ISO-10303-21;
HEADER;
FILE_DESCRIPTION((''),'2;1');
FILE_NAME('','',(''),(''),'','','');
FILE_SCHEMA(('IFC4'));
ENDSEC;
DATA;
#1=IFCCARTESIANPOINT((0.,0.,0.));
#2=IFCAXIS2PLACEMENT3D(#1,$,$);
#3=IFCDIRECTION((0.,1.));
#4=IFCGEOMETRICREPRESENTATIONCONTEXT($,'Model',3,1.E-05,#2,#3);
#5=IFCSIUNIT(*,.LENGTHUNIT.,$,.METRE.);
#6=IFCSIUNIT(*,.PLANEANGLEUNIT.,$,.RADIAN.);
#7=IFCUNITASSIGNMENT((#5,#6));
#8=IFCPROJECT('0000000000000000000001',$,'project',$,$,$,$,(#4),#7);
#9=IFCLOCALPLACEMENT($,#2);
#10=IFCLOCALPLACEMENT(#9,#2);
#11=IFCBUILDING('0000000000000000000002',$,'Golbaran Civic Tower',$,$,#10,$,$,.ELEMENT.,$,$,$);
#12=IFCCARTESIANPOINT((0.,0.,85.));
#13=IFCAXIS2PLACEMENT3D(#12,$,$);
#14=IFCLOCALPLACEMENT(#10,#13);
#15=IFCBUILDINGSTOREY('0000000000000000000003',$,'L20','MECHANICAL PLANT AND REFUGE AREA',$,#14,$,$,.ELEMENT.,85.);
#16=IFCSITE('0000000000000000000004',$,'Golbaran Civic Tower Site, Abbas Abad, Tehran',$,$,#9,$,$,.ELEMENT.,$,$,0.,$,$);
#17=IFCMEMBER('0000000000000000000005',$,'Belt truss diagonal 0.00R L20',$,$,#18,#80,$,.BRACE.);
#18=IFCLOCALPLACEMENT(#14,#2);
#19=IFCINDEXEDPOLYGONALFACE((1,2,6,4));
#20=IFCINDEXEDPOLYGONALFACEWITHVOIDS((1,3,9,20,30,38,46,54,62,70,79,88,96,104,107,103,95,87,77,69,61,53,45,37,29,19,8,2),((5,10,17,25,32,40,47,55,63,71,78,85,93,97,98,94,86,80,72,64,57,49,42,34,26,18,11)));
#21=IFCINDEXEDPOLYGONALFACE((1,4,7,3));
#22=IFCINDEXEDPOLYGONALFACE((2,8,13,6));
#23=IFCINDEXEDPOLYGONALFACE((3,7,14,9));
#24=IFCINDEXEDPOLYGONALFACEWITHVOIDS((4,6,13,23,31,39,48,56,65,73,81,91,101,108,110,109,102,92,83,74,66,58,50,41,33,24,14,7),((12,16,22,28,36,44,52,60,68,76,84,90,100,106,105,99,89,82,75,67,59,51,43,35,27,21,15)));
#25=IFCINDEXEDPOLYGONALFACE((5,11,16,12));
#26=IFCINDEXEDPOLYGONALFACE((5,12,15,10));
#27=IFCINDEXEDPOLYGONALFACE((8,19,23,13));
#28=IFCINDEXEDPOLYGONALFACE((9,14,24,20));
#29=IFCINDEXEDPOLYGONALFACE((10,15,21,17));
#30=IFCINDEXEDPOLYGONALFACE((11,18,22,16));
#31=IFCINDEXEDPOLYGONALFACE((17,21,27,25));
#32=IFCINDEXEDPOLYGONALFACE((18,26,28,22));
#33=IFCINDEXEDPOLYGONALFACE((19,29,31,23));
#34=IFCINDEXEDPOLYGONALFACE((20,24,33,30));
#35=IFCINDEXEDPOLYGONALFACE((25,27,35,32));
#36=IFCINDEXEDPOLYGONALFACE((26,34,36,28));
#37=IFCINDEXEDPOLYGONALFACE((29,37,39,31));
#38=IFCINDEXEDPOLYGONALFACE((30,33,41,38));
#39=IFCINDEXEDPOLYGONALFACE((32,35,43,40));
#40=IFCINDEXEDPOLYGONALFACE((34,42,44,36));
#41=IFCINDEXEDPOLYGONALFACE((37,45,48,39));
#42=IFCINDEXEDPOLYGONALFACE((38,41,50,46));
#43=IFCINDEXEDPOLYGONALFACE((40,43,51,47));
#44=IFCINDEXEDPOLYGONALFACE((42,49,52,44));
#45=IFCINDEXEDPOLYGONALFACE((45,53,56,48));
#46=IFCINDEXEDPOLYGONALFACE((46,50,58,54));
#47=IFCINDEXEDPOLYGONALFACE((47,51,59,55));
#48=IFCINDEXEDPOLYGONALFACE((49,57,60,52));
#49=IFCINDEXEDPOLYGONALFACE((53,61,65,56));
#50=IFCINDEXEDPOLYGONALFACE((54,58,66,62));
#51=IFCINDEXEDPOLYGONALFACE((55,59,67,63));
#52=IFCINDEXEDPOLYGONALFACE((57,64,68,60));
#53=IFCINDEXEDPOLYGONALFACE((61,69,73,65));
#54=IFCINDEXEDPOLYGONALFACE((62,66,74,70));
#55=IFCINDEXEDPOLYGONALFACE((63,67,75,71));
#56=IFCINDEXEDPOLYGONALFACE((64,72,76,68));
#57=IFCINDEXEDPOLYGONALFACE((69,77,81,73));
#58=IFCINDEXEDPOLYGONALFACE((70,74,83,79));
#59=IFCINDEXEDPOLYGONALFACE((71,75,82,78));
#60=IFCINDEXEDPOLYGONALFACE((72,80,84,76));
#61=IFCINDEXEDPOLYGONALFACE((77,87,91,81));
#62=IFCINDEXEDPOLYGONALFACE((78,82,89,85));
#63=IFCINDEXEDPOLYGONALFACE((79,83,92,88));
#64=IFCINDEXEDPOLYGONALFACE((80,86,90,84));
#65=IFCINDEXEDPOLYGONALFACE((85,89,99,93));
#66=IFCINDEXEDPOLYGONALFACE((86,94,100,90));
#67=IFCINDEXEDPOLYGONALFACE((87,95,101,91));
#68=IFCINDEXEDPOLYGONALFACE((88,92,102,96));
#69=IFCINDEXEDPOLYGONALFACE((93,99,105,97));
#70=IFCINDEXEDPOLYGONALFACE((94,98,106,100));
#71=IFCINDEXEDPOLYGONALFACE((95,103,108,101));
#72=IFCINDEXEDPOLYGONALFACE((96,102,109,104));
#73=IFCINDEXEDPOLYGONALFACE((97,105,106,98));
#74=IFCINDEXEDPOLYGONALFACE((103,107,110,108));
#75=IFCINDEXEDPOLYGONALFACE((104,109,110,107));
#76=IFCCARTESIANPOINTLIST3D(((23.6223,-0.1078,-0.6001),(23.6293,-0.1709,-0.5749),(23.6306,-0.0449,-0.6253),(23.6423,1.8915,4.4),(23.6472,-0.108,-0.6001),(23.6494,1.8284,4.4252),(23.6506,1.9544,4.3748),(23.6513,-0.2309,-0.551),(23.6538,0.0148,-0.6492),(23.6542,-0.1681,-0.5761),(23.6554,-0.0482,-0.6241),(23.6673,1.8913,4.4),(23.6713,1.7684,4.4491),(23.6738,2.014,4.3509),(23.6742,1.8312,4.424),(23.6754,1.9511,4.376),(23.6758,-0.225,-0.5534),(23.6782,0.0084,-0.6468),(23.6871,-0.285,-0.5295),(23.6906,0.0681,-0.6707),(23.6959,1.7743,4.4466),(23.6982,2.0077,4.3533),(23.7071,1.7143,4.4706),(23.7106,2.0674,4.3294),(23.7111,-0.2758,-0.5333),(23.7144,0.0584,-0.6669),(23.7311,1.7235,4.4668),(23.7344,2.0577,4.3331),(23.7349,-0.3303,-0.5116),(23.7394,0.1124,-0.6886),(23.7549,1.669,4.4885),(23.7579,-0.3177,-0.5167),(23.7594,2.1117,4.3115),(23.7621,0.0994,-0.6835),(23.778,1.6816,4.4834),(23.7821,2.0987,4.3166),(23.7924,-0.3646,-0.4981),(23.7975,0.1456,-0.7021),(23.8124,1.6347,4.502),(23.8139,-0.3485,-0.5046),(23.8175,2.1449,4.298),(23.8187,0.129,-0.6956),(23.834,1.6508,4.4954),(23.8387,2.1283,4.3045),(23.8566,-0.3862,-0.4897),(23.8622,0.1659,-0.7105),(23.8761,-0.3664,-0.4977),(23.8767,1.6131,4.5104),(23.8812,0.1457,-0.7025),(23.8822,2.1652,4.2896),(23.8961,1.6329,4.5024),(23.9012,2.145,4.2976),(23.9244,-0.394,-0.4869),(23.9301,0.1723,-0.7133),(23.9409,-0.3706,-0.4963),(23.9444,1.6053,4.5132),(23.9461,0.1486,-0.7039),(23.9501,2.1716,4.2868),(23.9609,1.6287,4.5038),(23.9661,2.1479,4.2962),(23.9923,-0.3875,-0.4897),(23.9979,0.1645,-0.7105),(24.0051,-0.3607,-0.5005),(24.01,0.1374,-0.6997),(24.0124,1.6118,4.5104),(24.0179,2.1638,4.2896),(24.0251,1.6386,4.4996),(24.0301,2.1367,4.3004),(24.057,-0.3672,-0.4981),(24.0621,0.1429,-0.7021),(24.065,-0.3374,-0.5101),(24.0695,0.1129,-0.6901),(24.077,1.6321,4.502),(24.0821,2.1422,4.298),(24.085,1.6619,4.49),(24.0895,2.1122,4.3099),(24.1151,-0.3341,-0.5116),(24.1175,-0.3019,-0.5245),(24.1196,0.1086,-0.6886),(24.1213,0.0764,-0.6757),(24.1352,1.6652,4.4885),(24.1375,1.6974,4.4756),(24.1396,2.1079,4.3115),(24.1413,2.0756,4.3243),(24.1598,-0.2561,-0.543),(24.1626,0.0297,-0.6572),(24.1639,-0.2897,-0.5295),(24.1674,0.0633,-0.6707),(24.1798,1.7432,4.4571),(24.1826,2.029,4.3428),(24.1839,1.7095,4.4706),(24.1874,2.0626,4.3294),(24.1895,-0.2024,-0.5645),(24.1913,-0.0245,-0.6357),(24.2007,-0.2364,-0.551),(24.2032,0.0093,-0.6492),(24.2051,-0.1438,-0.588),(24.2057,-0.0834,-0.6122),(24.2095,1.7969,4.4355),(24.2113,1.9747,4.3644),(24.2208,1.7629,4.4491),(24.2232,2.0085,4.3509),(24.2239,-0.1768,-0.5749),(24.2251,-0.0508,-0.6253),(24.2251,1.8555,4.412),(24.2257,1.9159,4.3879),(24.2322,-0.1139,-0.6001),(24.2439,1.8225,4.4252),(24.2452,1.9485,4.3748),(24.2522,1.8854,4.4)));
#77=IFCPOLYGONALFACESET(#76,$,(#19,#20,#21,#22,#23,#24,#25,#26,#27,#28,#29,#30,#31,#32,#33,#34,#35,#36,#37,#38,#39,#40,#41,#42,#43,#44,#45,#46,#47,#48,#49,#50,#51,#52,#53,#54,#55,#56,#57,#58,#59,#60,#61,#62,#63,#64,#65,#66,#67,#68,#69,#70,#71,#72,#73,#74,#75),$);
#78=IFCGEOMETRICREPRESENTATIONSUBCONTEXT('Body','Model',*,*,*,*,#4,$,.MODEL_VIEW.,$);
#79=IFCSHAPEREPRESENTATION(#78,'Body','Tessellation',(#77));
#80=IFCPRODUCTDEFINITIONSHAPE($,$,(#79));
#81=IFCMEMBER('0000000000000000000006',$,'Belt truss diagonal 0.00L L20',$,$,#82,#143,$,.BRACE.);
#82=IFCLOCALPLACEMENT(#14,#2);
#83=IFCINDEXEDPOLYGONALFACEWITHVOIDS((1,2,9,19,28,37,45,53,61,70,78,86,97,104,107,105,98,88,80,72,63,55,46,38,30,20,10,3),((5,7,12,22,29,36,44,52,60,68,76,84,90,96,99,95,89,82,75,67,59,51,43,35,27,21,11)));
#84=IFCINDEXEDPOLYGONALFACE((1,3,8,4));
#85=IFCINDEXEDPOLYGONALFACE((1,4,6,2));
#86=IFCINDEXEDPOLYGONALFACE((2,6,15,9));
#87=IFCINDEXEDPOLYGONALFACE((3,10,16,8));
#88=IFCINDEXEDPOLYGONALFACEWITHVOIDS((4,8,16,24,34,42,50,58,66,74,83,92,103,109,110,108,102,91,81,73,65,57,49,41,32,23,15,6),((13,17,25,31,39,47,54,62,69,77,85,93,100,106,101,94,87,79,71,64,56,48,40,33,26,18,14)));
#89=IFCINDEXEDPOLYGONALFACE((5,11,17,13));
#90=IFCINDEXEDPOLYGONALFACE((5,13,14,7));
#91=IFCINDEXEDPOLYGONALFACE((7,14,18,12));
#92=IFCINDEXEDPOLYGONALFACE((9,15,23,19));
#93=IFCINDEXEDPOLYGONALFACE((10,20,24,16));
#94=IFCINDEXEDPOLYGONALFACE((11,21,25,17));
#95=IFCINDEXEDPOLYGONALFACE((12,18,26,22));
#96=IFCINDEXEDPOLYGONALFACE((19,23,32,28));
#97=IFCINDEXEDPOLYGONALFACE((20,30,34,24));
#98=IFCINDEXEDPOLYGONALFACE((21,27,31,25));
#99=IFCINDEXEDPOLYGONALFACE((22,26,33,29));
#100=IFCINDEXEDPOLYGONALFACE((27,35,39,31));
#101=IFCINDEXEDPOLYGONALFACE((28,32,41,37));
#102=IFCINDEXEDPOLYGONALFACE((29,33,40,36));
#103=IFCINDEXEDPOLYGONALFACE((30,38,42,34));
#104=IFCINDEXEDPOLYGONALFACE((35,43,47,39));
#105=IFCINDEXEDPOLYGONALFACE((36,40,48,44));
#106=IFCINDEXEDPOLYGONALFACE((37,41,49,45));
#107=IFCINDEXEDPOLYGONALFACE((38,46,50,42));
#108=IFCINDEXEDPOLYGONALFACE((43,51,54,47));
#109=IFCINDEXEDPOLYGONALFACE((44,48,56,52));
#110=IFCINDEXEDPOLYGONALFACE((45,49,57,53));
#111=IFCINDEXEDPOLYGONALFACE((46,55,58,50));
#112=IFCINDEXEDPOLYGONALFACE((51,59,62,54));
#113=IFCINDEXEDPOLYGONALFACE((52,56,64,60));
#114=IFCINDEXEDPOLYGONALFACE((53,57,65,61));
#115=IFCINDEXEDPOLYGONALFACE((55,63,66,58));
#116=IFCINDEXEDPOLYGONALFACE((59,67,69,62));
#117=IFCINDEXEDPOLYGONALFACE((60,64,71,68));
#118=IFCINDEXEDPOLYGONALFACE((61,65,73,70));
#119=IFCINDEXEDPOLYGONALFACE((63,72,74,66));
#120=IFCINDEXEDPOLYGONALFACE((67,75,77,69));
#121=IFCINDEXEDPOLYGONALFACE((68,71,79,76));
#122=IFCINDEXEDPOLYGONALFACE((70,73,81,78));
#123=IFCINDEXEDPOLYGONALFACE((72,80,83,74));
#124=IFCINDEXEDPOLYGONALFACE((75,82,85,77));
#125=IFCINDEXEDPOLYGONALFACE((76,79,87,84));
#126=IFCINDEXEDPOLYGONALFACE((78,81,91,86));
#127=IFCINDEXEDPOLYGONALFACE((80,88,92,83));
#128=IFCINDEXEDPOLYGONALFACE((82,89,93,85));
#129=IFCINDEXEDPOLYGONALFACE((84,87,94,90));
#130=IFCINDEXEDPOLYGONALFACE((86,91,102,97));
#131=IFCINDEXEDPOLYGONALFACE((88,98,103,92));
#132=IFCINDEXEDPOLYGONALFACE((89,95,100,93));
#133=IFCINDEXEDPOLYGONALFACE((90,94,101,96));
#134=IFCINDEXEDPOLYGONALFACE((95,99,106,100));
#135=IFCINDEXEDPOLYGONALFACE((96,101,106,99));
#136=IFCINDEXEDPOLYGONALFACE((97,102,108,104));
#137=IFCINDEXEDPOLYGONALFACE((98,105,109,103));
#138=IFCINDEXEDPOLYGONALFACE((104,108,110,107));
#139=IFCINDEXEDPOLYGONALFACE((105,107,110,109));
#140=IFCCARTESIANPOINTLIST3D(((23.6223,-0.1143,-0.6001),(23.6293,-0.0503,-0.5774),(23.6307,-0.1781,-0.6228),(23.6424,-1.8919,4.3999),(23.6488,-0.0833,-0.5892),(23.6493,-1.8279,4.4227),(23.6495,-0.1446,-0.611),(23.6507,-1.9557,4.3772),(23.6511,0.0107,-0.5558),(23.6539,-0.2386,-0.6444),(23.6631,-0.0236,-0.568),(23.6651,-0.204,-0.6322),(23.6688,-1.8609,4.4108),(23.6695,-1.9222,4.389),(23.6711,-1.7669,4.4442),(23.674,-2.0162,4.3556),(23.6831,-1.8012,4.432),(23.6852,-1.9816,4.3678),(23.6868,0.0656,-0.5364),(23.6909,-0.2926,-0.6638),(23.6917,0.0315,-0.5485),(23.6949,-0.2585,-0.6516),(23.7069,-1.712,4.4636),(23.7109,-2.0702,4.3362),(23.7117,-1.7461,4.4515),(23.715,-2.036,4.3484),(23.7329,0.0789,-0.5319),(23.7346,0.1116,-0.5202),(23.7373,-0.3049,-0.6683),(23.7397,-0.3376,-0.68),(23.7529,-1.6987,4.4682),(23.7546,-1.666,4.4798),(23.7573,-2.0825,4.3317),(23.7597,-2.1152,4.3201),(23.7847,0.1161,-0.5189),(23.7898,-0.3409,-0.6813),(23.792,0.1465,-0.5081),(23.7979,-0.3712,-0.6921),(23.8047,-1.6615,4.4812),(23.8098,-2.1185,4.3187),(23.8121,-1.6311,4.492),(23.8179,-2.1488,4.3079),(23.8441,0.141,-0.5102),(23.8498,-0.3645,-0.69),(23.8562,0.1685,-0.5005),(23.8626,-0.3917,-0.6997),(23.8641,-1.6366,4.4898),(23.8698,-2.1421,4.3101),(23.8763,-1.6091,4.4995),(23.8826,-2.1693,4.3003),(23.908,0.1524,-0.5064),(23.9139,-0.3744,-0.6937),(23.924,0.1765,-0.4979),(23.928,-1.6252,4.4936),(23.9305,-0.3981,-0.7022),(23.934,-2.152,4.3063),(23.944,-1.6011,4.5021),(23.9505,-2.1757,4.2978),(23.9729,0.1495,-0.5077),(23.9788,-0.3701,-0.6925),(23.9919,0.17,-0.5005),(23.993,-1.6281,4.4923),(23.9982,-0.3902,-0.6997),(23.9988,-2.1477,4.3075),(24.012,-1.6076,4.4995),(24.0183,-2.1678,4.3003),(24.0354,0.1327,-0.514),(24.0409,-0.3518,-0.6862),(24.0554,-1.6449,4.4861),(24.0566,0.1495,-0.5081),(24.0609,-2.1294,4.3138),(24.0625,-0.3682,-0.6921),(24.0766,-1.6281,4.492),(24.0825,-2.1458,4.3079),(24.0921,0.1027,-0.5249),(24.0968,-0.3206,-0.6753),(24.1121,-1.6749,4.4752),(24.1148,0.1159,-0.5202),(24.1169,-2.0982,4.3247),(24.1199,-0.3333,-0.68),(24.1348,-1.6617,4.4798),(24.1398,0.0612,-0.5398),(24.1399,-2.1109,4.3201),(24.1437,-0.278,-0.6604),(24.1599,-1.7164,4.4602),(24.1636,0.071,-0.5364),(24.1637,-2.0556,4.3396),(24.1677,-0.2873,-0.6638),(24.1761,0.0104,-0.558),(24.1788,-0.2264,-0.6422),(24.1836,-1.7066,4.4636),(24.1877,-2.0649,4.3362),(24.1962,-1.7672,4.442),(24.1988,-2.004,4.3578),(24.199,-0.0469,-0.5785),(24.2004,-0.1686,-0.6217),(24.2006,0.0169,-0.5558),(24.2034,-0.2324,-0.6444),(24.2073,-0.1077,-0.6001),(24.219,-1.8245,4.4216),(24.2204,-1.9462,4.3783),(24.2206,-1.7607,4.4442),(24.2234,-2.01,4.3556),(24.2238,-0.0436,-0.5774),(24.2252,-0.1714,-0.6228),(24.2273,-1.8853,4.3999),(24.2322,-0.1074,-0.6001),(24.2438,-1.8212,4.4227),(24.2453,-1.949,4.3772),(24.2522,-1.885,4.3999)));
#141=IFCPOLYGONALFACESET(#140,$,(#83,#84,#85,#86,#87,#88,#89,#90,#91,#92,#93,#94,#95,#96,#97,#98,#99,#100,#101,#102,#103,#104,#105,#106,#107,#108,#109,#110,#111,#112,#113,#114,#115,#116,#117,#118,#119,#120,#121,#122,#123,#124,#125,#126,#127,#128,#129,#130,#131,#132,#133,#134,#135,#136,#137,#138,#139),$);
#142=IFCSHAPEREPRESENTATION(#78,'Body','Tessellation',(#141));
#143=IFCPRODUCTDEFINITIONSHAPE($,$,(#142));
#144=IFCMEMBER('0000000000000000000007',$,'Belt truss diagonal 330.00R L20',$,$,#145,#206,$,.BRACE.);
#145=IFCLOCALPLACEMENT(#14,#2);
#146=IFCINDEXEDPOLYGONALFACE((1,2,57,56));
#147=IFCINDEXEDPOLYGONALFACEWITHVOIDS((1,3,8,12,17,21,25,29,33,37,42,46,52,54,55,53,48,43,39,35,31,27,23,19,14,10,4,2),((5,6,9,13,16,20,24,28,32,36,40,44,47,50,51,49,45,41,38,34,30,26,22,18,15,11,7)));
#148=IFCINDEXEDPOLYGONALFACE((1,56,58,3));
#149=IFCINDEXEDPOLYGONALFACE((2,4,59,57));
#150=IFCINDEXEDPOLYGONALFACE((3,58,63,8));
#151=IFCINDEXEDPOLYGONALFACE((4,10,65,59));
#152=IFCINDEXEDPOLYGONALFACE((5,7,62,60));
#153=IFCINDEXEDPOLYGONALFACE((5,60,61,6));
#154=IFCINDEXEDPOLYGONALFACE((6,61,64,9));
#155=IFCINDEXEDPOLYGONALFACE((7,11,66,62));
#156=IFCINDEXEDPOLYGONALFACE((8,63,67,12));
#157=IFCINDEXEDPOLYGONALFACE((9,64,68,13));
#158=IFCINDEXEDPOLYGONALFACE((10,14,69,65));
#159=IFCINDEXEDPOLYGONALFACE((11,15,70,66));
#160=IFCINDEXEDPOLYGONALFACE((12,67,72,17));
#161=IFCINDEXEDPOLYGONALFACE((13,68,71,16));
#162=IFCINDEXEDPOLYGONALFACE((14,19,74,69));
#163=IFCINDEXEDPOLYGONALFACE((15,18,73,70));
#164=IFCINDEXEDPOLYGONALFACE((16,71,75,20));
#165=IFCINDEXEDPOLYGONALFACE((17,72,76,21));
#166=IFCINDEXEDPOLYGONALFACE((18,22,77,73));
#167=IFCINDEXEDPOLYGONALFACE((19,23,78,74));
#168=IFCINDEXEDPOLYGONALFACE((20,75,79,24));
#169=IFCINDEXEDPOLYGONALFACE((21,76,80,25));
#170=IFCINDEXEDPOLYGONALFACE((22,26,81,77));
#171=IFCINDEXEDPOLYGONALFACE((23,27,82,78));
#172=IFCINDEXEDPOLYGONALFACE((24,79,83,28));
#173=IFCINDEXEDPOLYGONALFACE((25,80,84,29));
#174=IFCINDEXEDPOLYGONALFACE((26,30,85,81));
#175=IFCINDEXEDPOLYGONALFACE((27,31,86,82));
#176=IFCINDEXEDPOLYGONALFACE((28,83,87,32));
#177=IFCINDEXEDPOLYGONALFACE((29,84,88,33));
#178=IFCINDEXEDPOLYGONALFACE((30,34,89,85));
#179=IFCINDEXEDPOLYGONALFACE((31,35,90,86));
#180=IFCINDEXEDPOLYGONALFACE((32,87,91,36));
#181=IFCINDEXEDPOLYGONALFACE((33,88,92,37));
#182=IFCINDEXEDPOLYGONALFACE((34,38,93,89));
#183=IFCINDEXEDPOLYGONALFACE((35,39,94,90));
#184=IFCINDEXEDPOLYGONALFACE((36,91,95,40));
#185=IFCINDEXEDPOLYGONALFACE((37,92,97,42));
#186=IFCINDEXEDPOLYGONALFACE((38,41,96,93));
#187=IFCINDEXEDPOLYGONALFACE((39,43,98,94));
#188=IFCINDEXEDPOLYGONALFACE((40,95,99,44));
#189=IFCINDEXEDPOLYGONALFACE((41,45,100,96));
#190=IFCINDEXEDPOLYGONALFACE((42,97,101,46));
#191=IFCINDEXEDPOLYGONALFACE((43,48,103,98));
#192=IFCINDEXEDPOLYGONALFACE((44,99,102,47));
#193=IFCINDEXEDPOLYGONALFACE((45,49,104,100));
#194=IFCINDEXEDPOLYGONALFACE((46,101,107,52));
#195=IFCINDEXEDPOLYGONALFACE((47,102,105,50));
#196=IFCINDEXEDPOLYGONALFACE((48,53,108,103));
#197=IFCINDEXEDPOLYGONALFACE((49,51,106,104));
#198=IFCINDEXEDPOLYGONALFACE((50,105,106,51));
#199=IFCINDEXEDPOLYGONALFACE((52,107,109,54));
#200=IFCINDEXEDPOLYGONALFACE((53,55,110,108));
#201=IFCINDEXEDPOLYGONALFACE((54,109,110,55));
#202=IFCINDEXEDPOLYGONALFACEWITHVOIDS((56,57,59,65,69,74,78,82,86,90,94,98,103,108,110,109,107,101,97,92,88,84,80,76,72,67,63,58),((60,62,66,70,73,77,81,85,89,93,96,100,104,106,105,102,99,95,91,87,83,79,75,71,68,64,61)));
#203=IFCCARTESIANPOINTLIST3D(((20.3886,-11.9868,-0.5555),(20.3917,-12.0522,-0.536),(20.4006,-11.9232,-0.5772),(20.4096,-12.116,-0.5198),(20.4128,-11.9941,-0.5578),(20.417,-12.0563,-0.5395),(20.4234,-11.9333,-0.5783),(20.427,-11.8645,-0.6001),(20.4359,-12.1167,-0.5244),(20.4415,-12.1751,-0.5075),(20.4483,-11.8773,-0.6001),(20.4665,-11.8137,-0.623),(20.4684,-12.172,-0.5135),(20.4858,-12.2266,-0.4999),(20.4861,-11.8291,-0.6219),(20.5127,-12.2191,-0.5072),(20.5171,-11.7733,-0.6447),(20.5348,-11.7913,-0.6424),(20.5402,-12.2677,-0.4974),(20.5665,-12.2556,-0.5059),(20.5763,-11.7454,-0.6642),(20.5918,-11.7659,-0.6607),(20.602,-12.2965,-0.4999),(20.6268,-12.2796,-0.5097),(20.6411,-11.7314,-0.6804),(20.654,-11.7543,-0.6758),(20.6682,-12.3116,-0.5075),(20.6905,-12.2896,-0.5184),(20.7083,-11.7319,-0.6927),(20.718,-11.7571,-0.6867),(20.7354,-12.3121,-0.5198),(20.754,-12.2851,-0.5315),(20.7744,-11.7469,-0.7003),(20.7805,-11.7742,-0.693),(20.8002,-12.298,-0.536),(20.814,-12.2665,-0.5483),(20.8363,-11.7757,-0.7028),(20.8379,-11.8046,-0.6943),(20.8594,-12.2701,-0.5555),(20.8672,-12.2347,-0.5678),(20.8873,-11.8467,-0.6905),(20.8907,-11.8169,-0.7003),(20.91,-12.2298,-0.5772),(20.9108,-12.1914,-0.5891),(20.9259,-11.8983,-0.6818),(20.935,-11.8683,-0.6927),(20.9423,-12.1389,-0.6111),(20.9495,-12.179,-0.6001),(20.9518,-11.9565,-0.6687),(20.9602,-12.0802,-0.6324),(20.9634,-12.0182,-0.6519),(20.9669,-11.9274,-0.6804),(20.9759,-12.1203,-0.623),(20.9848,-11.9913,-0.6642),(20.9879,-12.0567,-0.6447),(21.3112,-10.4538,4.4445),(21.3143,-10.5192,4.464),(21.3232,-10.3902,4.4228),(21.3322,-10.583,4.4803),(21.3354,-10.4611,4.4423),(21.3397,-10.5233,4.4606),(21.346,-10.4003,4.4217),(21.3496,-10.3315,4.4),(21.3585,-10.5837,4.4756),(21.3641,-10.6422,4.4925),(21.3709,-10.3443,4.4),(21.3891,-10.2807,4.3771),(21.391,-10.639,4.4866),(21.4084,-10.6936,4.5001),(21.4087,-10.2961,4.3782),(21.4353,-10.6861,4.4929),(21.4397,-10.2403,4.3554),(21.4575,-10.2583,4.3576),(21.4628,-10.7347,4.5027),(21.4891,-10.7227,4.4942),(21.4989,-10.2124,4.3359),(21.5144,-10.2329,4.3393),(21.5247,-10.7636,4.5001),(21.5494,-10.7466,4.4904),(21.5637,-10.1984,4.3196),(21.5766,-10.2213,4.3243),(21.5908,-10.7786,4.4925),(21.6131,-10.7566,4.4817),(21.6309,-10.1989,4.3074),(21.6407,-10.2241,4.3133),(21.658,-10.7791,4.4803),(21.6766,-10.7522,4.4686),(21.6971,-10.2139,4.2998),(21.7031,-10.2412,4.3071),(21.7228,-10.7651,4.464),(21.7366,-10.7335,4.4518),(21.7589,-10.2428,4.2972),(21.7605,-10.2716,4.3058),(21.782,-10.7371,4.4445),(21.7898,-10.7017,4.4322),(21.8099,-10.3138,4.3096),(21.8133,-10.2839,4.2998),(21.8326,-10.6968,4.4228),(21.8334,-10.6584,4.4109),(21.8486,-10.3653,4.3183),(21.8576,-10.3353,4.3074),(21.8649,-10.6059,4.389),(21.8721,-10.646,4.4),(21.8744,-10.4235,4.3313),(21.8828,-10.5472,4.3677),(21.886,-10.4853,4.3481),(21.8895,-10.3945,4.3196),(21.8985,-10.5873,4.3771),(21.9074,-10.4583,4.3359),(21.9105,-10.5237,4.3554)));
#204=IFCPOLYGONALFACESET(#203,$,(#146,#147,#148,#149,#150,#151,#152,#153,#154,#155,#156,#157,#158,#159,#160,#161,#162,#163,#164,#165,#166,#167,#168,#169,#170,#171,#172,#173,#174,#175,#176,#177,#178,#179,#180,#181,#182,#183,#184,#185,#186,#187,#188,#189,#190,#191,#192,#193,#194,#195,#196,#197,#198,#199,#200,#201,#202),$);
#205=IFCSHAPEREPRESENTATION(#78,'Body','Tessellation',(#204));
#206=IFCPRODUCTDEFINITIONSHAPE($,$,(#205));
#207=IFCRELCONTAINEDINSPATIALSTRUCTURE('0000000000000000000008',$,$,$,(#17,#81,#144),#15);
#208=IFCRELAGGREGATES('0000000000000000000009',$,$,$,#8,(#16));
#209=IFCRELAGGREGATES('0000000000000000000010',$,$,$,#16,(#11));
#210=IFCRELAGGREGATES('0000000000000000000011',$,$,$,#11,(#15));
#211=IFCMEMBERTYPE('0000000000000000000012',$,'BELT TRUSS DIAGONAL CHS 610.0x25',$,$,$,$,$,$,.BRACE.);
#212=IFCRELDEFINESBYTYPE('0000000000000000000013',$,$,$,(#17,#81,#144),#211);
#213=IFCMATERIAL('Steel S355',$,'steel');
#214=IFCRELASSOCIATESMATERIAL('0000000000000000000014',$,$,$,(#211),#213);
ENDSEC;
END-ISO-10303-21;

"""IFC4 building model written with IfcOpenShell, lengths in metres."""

from ifc_helpers import new_model, si_unit, direction, frame, origin, origin_2d, place, context, subcontext, project, spatial, hollow_circle, extrude, material, material_profile, profile_set, type_object, element, save


model = new_model("IFC4")

# Units and contexts
model_context = context("Model", 3, precision=1e-05, world=origin(), true_north=direction((0.0, 1.0)))
body_context = subcontext(model_context, "Body", "Model", "MODEL_VIEW")
ifc_project = project(units=[si_unit("LENGTHUNIT", "METRE"), si_unit("PLANEANGLEUNIT", "RADIAN")], contexts=[model_context])

# Site, building, storey
site_placement = place(None, origin())
site = spatial("IfcSite", under=ifc_project, at=site_placement, Name="Golbaran Civic Tower Site, Abbas Abad, Tehran", CompositionType="ELEMENT", RefElevation=0.0)
building_placement = place(site_placement, origin())
building = spatial("IfcBuilding", under=site, at=building_placement, Name="Golbaran Civic Tower", CompositionType="ELEMENT")
storey_placement = place(building_placement, frame((0.0, 0.0, 85.0)))
storey = spatial("IfcBuildingStorey", under=building, at=storey_placement, Name="L20", Description="MECHANICAL PLANT AND REFUGE AREA", CompositionType="ELEMENT", Elevation=85.0)

# Members
ifc_material_1 = material(Name="Steel S355", Category="steel")
ifc_material_profile_1 = material_profile(ifc_material_1, hollow_circle(Radius=0.3049, WallThickness=0.0249, at=origin_2d()), Name="CHS 610.0x25")
ifc_profile_set_1 = profile_set([ifc_material_profile_1], Name="Steel S355")
member_type_1 = type_object("IfcMemberType", Name="BELT TRUSS DIAGONAL CHS 610.0x25", PredefinedType="BRACE", material=ifc_profile_set_1)
member_1_placement = place(storey_placement, frame((23.9272, -0.1108, -0.6001), z_axis=(0.003718, 0.371271, 0.928517), x_axis=(-0.99995, 0.010013, 0.0)))
element("IfcMember", 1, at=member_1_placement, inside=storey, type_object=member_type_1, Name="Belt truss diagonal 0.00R L20", PredefinedType="BRACE", context=body_context, shape_type="SweptSolid", body=[
    extrude(hollow_circle(Radius=0.3049, WallThickness=0.0249, at=origin_2d()), origin(), (0.0, 0.0, 1.0), 5.385),
])
member_2_placement = place(storey_placement, frame((23.9272, -0.1108, -0.6001), z_axis=(0.003773, -0.334976, 0.942219), x_axis=(0.999937, 0.011261, 0.0)))
element("IfcMember", 2, at=member_2_placement, inside=storey, type_object=member_type_1, Name="Belt truss diagonal 0.00L L20", PredefinedType="BRACE", context=body_context, shape_type="SweptSolid", body=[
    extrude(hollow_circle(Radius=0.3049, WallThickness=0.0249, at=origin_2d()), origin(), (0.0, 0.0, 1.0), 5.3066),
])
member_3_placement = place(storey_placement, frame((20.6882, -12.0217, -0.6001), z_axis=(0.173733, 0.288667, 0.941535), x_axis=(-0.856794, 0.515659, 0.0)))
element("IfcMember", 3, at=member_3_placement, inside=storey, type_object=member_type_1, Name="Belt truss diagonal 330.00R L20", PredefinedType="BRACE", context=body_context, shape_type="SweptSolid", body=[
    extrude(hollow_circle(Radius=0.3049, WallThickness=0.0249, at=origin_2d()), origin(), (0.0, 0.0, 1.0), 5.3105),
])

save(model, "model.ifc")
